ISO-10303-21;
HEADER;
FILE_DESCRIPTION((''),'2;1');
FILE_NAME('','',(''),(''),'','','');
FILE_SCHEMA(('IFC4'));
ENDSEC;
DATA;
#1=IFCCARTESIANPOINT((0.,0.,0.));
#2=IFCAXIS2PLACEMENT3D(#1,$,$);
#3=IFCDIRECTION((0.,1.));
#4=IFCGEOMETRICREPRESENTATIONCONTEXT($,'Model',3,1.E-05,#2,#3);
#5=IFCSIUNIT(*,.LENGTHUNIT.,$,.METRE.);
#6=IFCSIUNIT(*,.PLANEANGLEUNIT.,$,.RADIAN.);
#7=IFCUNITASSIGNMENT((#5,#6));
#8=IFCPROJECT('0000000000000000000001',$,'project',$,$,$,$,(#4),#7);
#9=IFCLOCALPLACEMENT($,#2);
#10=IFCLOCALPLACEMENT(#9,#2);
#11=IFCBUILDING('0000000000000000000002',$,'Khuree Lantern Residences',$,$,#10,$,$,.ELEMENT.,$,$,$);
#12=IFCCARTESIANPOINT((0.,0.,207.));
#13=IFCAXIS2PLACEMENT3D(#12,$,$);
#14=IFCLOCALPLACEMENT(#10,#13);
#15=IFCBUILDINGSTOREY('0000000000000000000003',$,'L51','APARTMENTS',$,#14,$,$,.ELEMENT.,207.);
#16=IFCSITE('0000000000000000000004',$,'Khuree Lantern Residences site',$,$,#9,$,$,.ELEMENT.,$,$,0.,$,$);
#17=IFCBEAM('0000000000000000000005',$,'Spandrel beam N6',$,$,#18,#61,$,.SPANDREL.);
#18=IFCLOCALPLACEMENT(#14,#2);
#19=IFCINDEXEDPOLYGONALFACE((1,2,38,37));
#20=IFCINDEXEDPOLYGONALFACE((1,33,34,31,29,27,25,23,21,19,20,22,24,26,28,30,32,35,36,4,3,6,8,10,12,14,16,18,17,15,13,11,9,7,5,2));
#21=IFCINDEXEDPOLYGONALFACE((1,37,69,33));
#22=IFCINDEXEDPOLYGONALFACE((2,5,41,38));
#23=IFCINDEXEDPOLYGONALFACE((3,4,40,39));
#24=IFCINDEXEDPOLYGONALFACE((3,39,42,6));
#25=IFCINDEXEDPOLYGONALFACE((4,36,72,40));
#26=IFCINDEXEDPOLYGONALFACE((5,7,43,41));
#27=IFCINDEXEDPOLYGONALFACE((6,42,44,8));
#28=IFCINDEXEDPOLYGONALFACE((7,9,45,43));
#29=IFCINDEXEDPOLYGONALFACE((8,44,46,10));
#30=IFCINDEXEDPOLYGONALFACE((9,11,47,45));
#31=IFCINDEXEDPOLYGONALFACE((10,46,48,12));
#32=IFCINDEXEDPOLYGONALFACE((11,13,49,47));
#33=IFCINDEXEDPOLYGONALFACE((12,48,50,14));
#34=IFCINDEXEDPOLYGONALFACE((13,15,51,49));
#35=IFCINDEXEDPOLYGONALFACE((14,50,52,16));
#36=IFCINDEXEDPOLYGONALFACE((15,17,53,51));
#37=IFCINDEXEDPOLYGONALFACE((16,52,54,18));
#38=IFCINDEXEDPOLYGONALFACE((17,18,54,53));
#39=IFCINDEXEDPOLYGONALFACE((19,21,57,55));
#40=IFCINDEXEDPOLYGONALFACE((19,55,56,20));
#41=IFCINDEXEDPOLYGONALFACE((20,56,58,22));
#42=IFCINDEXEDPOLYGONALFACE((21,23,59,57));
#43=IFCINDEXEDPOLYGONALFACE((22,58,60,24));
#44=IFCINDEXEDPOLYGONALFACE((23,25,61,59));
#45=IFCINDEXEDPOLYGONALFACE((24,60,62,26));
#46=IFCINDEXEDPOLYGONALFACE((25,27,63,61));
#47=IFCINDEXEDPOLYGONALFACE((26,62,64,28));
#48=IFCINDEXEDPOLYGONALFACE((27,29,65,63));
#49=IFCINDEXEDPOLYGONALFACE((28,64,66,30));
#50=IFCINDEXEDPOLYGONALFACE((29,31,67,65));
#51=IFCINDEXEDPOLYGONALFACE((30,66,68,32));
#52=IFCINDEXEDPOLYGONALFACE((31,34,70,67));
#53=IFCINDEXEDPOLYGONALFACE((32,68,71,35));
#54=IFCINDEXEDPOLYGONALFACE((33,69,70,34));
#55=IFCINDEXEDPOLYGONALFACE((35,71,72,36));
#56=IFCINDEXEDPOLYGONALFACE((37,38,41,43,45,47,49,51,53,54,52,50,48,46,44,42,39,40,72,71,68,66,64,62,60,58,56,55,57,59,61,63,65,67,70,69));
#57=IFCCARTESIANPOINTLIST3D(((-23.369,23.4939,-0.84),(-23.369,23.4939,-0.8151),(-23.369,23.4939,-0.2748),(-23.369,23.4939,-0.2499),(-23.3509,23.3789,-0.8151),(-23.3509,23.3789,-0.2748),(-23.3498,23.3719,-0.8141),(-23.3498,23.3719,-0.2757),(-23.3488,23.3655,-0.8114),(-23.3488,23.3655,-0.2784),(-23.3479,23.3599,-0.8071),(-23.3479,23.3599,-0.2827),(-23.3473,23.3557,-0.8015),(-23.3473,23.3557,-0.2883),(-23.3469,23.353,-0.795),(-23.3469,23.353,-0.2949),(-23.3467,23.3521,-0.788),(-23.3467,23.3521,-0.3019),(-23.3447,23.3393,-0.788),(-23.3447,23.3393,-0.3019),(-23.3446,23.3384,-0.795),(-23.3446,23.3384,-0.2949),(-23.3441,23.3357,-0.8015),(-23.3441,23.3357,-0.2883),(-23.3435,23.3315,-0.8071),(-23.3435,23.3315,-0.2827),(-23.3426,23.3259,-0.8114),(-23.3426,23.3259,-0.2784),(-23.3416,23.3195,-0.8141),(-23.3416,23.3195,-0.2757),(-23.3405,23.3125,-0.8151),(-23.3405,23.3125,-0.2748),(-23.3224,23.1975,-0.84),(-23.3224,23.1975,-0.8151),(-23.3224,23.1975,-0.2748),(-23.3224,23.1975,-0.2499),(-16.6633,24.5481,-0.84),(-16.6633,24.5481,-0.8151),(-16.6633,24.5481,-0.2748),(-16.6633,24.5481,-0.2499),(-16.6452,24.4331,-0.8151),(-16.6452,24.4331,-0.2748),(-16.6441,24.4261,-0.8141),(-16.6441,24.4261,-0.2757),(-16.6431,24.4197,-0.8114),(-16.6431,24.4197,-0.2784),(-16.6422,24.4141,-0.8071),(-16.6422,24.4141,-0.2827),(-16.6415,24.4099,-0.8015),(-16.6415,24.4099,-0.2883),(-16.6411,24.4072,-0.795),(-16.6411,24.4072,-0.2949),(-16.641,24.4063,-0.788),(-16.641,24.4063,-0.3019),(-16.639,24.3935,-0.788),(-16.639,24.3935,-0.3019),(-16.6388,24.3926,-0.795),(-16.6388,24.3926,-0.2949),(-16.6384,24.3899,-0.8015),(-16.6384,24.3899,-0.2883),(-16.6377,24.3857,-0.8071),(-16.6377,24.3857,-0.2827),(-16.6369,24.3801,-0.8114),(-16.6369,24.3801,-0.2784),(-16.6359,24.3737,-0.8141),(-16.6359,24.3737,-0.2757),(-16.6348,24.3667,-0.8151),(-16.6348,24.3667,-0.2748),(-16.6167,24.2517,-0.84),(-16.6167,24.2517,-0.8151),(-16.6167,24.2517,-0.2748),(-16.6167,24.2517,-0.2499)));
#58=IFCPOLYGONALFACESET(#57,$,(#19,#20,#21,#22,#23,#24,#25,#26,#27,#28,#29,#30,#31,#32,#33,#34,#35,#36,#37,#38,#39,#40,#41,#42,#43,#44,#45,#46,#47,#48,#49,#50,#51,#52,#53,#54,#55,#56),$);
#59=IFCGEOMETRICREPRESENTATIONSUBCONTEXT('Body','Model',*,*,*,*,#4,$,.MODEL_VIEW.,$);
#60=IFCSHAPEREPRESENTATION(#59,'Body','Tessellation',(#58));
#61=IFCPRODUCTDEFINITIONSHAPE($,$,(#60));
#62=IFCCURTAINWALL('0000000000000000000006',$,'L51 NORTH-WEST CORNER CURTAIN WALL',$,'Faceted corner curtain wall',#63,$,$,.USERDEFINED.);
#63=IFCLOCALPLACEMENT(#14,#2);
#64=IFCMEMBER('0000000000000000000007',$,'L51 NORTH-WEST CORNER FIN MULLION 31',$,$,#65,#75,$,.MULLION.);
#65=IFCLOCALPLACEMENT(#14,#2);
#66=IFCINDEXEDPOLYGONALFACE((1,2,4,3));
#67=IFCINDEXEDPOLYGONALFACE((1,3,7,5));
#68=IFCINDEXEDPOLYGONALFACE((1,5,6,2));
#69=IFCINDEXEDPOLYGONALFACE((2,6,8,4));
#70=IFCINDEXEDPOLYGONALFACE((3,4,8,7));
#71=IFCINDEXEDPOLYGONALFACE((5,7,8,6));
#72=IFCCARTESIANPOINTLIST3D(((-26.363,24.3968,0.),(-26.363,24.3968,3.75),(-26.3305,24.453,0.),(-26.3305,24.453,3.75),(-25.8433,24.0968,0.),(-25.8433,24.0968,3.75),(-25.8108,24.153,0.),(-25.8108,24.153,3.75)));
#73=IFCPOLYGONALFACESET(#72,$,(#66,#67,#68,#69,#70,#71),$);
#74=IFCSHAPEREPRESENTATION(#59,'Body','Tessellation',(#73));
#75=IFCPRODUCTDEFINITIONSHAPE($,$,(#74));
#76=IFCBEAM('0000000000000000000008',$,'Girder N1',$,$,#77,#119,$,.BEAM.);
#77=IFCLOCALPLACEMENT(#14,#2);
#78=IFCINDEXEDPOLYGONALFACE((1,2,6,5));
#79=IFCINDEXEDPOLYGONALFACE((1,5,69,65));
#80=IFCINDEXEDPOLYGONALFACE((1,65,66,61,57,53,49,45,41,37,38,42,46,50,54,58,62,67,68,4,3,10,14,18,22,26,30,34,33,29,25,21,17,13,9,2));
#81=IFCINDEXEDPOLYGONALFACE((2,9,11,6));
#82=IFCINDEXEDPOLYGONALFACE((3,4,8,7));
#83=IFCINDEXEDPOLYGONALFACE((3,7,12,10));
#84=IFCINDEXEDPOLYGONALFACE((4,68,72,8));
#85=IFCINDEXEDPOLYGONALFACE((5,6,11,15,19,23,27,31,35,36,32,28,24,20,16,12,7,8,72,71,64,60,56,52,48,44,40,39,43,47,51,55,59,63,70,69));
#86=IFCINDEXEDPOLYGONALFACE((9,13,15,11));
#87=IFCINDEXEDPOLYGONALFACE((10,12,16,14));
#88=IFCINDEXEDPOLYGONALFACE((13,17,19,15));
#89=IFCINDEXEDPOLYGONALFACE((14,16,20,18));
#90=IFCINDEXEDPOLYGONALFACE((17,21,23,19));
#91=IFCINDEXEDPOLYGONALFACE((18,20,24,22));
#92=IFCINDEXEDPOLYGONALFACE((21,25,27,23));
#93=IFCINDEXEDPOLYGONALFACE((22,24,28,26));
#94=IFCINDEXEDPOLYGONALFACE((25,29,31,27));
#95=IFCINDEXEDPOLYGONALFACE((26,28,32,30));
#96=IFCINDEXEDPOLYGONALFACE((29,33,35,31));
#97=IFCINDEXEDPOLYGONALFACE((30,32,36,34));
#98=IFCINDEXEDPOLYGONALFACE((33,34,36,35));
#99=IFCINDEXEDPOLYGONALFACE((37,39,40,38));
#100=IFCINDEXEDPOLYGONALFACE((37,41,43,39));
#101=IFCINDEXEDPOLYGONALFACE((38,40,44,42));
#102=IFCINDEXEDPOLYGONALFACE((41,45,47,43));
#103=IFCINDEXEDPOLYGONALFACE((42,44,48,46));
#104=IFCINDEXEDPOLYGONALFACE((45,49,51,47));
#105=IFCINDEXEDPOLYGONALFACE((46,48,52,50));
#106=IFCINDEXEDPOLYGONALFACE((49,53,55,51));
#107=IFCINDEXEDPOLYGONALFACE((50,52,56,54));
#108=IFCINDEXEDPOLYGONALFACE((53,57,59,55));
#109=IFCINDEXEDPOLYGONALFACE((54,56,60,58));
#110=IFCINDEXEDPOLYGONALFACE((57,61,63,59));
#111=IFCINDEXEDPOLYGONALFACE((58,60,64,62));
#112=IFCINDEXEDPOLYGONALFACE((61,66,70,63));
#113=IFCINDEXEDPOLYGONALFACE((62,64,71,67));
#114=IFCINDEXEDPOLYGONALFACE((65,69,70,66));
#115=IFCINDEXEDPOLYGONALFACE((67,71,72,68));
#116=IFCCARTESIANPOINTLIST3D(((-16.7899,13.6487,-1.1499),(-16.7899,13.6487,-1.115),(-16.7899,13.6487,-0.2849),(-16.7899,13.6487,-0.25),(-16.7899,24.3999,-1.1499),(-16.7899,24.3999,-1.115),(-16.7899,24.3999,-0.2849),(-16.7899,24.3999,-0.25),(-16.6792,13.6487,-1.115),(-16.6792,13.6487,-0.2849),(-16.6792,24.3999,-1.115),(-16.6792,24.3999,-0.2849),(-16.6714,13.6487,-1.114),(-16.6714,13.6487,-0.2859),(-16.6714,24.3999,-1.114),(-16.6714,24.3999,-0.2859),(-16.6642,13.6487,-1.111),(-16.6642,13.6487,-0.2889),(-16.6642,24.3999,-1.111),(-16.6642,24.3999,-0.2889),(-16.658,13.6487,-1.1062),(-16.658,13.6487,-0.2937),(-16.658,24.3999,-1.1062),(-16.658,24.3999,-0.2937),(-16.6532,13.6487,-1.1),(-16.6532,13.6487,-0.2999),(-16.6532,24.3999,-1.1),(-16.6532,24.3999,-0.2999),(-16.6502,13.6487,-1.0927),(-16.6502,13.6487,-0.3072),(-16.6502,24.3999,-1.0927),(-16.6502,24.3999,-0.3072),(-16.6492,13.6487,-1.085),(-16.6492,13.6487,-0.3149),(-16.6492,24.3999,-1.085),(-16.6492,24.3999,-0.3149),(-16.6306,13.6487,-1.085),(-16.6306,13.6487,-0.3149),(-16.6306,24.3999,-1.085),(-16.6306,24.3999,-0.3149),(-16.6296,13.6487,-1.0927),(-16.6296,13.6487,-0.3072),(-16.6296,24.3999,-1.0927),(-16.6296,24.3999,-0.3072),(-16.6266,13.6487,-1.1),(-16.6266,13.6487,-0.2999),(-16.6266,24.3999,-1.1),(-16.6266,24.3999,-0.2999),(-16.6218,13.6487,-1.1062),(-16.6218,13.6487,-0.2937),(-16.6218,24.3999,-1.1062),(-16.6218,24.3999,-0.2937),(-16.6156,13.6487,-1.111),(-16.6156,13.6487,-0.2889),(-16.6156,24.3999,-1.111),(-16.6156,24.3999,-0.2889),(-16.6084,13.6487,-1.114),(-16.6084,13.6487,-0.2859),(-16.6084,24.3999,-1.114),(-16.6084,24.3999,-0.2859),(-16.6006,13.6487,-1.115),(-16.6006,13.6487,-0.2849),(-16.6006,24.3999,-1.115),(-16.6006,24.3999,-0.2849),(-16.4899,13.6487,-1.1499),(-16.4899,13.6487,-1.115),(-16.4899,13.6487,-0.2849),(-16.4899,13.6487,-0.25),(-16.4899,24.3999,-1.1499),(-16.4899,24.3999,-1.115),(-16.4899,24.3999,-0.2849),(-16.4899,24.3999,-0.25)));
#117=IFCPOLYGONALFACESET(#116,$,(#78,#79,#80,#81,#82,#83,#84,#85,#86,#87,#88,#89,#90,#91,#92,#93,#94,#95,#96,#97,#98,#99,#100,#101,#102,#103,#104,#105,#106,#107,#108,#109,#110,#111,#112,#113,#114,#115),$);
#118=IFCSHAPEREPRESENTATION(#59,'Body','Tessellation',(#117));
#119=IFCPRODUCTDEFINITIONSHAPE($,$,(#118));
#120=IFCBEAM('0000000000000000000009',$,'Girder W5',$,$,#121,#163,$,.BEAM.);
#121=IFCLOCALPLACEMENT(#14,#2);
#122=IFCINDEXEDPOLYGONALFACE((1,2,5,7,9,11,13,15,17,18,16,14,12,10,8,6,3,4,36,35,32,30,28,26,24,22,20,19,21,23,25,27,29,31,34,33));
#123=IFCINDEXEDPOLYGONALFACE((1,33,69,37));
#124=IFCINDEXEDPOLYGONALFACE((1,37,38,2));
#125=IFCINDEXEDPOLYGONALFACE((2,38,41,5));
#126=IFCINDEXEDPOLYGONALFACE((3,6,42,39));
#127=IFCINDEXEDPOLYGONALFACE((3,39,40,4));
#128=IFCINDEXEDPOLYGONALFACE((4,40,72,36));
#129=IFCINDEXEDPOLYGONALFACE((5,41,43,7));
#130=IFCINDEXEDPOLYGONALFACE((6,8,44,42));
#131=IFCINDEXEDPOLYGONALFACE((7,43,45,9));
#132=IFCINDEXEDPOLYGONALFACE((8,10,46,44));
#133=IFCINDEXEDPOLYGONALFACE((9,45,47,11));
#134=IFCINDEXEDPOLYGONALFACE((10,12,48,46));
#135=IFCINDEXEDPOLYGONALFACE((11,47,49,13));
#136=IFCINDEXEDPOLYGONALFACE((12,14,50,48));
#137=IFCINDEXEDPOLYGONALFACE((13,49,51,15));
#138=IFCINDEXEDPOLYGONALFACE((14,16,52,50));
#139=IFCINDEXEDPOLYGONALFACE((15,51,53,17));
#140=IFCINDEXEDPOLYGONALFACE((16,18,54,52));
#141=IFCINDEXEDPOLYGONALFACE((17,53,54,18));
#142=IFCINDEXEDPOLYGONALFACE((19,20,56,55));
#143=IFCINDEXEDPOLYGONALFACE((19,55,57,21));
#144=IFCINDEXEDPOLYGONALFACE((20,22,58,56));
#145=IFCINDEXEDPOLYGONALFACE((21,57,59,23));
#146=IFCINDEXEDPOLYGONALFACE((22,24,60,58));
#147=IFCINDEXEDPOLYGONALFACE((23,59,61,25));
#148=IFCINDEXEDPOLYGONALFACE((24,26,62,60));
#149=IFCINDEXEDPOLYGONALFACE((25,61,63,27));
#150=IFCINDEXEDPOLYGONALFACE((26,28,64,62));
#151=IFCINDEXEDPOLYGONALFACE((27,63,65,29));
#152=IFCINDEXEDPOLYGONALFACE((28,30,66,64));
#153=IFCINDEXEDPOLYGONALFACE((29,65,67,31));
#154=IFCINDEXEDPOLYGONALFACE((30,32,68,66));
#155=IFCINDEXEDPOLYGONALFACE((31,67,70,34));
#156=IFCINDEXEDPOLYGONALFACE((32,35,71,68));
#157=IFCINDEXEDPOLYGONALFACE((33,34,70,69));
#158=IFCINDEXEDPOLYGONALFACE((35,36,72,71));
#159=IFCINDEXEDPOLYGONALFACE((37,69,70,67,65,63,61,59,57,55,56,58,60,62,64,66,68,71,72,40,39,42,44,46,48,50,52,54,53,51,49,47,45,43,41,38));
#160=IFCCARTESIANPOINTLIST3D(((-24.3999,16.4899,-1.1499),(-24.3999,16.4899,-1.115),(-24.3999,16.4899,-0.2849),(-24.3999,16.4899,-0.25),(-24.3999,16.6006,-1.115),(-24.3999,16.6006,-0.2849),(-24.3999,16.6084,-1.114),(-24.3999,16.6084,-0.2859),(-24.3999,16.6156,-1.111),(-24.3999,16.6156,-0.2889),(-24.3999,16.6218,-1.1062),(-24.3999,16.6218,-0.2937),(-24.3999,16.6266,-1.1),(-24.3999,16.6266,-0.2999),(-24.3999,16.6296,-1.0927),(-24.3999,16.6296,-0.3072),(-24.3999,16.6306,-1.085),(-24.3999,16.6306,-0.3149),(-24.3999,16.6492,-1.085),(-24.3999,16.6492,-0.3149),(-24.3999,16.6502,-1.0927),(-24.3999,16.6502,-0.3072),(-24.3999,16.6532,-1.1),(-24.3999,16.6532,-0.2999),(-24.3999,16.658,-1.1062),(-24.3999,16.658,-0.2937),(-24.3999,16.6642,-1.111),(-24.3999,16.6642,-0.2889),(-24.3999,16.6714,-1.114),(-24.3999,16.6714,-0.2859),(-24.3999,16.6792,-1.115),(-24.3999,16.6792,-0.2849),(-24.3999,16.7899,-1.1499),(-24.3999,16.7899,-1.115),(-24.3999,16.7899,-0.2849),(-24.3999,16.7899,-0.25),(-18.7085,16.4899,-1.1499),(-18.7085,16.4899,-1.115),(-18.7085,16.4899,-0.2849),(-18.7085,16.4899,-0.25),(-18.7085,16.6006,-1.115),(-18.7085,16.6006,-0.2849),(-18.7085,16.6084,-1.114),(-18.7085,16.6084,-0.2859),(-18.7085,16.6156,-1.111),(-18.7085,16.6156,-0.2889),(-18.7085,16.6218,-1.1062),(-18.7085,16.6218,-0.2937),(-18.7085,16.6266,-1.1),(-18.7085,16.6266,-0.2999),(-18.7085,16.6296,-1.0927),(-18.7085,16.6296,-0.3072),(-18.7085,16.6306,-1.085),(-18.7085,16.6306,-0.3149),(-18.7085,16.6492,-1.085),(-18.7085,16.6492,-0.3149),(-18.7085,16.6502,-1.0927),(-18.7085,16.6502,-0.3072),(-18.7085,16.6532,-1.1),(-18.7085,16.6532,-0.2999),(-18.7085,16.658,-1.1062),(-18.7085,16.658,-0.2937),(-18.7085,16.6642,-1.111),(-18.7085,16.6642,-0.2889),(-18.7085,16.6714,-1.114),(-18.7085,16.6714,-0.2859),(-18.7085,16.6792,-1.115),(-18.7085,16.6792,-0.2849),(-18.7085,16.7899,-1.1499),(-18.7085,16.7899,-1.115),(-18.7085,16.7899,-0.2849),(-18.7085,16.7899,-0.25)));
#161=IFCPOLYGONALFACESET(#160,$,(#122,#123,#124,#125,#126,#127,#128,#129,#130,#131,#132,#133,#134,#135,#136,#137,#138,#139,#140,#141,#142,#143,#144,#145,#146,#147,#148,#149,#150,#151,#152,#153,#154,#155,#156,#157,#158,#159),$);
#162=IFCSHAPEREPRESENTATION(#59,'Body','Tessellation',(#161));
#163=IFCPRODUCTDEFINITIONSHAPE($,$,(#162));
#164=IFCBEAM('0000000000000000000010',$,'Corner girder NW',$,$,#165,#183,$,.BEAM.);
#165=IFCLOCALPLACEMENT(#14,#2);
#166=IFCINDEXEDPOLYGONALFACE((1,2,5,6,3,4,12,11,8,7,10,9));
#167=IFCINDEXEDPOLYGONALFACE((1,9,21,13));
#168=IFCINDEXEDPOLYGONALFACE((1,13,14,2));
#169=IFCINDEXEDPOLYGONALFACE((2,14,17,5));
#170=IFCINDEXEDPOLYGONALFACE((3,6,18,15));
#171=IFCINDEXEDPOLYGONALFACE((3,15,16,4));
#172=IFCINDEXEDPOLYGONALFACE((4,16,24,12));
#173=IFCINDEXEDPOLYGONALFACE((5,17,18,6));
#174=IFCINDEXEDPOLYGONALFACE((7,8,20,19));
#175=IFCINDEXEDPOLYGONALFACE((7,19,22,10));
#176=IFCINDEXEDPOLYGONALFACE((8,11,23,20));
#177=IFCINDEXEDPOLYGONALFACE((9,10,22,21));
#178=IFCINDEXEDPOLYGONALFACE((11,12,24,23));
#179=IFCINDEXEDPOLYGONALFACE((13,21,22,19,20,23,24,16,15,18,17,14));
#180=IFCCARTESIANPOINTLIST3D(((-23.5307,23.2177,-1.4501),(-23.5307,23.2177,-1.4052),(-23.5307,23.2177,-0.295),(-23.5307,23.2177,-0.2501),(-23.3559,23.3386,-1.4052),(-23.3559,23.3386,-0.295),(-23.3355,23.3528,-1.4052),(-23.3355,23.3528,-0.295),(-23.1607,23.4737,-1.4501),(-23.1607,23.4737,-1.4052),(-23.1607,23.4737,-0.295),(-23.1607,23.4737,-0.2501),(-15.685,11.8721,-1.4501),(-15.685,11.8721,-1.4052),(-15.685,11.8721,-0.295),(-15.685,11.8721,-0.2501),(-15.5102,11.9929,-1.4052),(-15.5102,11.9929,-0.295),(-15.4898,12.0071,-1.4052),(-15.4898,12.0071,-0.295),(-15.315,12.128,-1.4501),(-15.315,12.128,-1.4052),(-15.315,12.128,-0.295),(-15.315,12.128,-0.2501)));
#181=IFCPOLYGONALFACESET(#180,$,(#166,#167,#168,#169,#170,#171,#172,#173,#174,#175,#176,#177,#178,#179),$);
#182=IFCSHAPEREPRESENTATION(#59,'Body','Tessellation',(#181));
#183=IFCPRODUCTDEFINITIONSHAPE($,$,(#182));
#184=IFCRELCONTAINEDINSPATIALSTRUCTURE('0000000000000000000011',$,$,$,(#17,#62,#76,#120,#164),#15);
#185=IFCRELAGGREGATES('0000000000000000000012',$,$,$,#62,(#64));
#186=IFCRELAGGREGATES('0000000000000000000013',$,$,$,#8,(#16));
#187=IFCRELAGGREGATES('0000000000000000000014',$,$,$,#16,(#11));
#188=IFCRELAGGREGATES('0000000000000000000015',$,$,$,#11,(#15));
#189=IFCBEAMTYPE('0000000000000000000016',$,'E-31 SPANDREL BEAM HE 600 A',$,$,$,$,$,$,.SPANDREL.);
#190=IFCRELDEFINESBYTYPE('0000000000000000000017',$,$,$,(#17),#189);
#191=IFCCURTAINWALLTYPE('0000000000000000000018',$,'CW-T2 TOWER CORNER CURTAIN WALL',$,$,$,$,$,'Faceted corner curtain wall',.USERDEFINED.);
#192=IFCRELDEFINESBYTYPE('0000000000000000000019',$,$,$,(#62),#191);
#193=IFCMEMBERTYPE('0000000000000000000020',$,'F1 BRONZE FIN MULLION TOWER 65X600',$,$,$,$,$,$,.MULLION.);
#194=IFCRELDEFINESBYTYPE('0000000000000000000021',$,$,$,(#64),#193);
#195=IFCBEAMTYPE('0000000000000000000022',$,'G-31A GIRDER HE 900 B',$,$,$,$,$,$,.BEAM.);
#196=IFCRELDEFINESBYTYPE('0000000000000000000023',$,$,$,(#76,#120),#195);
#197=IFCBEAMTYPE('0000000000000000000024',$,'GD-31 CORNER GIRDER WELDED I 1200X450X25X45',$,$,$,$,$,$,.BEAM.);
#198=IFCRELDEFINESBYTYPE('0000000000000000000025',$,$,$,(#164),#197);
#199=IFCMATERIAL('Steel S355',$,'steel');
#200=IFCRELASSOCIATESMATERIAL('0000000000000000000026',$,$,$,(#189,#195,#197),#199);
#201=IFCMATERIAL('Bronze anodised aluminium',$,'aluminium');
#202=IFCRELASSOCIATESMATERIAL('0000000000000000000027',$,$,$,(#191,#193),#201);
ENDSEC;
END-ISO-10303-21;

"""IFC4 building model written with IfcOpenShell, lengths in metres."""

from ifc_helpers import new_model, si_unit, direction, frame, origin, origin_2d, place, context, subcontext, project, spatial, rectangle, i_section, extrude, material, material_profile, profile_set, type_object, element, aggregate, save


model = new_model("IFC4")

# Units and contexts
model_context = context("Model", 3, precision=1e-05, world=origin(), true_north=direction((0.0, 1.0)))
body_context = subcontext(model_context, "Body", "Model", "MODEL_VIEW")
ifc_project = project(units=[si_unit("LENGTHUNIT", "METRE"), si_unit("PLANEANGLEUNIT", "RADIAN")], contexts=[model_context])

# Site, building, storey
site_placement = place(None, origin())
site = spatial("IfcSite", under=ifc_project, at=site_placement, Name="Khuree Lantern Residences site", CompositionType="ELEMENT", RefElevation=0.0)
building_placement = place(site_placement, origin())
building = spatial("IfcBuilding", under=site, at=building_placement, Name="Khuree Lantern Residences", CompositionType="ELEMENT")
storey_placement = place(building_placement, frame((0.0, 0.0, 207.0)))
storey = spatial("IfcBuildingStorey", under=building, at=storey_placement, Name="L51", Description="APARTMENTS", CompositionType="ELEMENT", Elevation=207.0)

# Beam
ifc_material_1 = material(Name="Steel S355", Category="steel")
ifc_material_profile_1 = material_profile(ifc_material_1, i_section(OverallWidth=0.3, OverallDepth=0.5901, WebThickness=0.0129, FlangeThickness=0.0249, FilletRadius=0.0271, at=origin_2d()), Name="HE 600 A")
ifc_profile_set_1 = profile_set([ifc_material_profile_1], Name="Steel S355")
beam_type_1 = type_object("IfcBeamType", Name="E-31 SPANDREL BEAM HE 600 A", PredefinedType="SPANDREL", material=ifc_profile_set_1)
for number, where, z_axis, x_axis, name in (
    (1, (-23.3457, 23.3457, -0.5449), (0.987867, 0.1553, 0.0), (-0.1553, 0.987867, 0.0), "Spandrel beam N6"),
):
    element("IfcBeam", number, at=place(storey_placement, frame(where, z_axis=z_axis, x_axis=x_axis)), inside=storey, type_object=beam_type_1, Name=name, PredefinedType="SPANDREL", context=body_context, shape_type="SweptSolid", body=[
        extrude(i_section(OverallWidth=0.3, OverallDepth=0.5901, WebThickness=0.0129, FlangeThickness=0.0249, FilletRadius=0.0271, at=origin_2d()), origin(), (0.0, 0.0, 1.0), 6.7881),
    ])

# Curtain wall, member
ifc_material_2 = material(Name="Bronze anodised aluminium", Category="aluminium")
curtain_wall_type_1 = type_object("IfcCurtainWallType", Name="CW-T2 TOWER CORNER CURTAIN WALL", ElementType="Faceted corner curtain wall", PredefinedType="USERDEFINED", material=ifc_material_2)
curtain_wall_1_placement = place(storey_placement, origin())
curtain_wall_1 = element("IfcCurtainWall", 2, at=curtain_wall_1_placement, inside=storey, type_object=curtain_wall_type_1, Name="L51 NORTH-WEST CORNER CURTAIN WALL", ObjectType="Faceted corner curtain wall", PredefinedType="USERDEFINED")
ifc_material_profile_2 = material_profile(ifc_material_2, rectangle(XDim=0.0649, YDim=0.6001, at=origin_2d()), Name="F1 65X600")
ifc_profile_set_2 = profile_set([ifc_material_profile_2], Name="Bronze anodised aluminium")
member_type_1 = type_object("IfcMemberType", Name="F1 BRONZE FIN MULLION TOWER 65X600", PredefinedType="MULLION", material=ifc_profile_set_2)
member_1_placement = place(storey_placement, frame((-26.0869, 24.2749, 0.0), z_axis=(0.0, 0.0, 1.0), x_axis=(-0.5, -0.866025, 0.0)))
member_1 = element("IfcMember", 3, at=member_1_placement, type_object=member_type_1, Name="L51 NORTH-WEST CORNER FIN MULLION 31", PredefinedType="MULLION", context=body_context, shape_type="SweptSolid", body=[
    extrude(rectangle(XDim=0.0649, YDim=0.6001, at=origin_2d()), origin(), (0.0, 0.0, 1.0), 3.75),
])

# Beams
ifc_material_profile_3 = material_profile(ifc_material_1, i_section(OverallWidth=0.3, OverallDepth=0.8999, WebThickness=0.0186, FlangeThickness=0.0349, FilletRadius=0.03, at=origin_2d()), Name="HE 900 B")
ifc_profile_set_3 = profile_set([ifc_material_profile_3], Name="Steel S355")
beam_type_2 = type_object("IfcBeamType", Name="G-31A GIRDER HE 900 B", PredefinedType="BEAM", material=ifc_profile_set_3)
beam_1_placement = place(storey_placement, frame((-16.6399, 24.3999, -0.7), z_axis=(0.0, -1.0, 0.0), x_axis=(1.0, 0.0, 0.0)))
element("IfcBeam", 4, at=beam_1_placement, inside=storey, type_object=beam_type_2, Name="Girder N1", PredefinedType="BEAM", context=body_context, shape_type="SweptSolid", body=[
    extrude(i_section(OverallWidth=0.3, OverallDepth=0.8999, WebThickness=0.0186, FlangeThickness=0.0349, FilletRadius=0.03, at=origin_2d()), origin(), (0.0, 0.0, 1.0), 10.7512),
])
beam_2_placement = place(storey_placement, frame((-24.3999, 16.6399, -0.7), z_axis=(1.0, 0.0, 0.0), x_axis=(0.0, 1.0, 0.0)))
element("IfcBeam", 5, at=beam_2_placement, inside=storey, type_object=beam_type_2, Name="Girder W5", PredefinedType="BEAM", context=body_context, shape_type="SweptSolid", body=[
    extrude(i_section(OverallWidth=0.3, OverallDepth=0.8999, WebThickness=0.0186, FlangeThickness=0.0349, FilletRadius=0.03, at=origin_2d()), origin(), (0.0, 0.0, 1.0), 5.6914),
])
ifc_material_profile_4 = material_profile(ifc_material_1, i_section(OverallWidth=0.45, OverallDepth=1.2, WebThickness=0.0249, FlangeThickness=0.0449, at=origin_2d()), Name="WELDED I 1200X450X25X45")
ifc_profile_set_4 = profile_set([ifc_material_profile_4], Name="Steel S355")
beam_type_3 = type_object("IfcBeamType", Name="GD-31 CORNER GIRDER WELDED I 1200X450X25X45", PredefinedType="BEAM", material=ifc_profile_set_4)
beam_3_placement = place(storey_placement, frame((-23.3457, 23.3457, -0.8501), z_axis=(0.568768, -0.822498, 0.0), x_axis=(0.822498, 0.568768, 0.0)))
element("IfcBeam", 6, at=beam_3_placement, inside=storey, type_object=beam_type_3, Name="Corner girder NW", PredefinedType="BEAM", context=body_context, shape_type="SweptSolid", body=[
    extrude(i_section(OverallWidth=0.45, OverallDepth=1.2, WebThickness=0.0249, FlangeThickness=0.0449, at=origin_2d()), origin(), (0.0, 0.0, 1.0), 13.7942),
])

aggregate(curtain_wall_1, [member_1])

save(model, "model.ifc")
